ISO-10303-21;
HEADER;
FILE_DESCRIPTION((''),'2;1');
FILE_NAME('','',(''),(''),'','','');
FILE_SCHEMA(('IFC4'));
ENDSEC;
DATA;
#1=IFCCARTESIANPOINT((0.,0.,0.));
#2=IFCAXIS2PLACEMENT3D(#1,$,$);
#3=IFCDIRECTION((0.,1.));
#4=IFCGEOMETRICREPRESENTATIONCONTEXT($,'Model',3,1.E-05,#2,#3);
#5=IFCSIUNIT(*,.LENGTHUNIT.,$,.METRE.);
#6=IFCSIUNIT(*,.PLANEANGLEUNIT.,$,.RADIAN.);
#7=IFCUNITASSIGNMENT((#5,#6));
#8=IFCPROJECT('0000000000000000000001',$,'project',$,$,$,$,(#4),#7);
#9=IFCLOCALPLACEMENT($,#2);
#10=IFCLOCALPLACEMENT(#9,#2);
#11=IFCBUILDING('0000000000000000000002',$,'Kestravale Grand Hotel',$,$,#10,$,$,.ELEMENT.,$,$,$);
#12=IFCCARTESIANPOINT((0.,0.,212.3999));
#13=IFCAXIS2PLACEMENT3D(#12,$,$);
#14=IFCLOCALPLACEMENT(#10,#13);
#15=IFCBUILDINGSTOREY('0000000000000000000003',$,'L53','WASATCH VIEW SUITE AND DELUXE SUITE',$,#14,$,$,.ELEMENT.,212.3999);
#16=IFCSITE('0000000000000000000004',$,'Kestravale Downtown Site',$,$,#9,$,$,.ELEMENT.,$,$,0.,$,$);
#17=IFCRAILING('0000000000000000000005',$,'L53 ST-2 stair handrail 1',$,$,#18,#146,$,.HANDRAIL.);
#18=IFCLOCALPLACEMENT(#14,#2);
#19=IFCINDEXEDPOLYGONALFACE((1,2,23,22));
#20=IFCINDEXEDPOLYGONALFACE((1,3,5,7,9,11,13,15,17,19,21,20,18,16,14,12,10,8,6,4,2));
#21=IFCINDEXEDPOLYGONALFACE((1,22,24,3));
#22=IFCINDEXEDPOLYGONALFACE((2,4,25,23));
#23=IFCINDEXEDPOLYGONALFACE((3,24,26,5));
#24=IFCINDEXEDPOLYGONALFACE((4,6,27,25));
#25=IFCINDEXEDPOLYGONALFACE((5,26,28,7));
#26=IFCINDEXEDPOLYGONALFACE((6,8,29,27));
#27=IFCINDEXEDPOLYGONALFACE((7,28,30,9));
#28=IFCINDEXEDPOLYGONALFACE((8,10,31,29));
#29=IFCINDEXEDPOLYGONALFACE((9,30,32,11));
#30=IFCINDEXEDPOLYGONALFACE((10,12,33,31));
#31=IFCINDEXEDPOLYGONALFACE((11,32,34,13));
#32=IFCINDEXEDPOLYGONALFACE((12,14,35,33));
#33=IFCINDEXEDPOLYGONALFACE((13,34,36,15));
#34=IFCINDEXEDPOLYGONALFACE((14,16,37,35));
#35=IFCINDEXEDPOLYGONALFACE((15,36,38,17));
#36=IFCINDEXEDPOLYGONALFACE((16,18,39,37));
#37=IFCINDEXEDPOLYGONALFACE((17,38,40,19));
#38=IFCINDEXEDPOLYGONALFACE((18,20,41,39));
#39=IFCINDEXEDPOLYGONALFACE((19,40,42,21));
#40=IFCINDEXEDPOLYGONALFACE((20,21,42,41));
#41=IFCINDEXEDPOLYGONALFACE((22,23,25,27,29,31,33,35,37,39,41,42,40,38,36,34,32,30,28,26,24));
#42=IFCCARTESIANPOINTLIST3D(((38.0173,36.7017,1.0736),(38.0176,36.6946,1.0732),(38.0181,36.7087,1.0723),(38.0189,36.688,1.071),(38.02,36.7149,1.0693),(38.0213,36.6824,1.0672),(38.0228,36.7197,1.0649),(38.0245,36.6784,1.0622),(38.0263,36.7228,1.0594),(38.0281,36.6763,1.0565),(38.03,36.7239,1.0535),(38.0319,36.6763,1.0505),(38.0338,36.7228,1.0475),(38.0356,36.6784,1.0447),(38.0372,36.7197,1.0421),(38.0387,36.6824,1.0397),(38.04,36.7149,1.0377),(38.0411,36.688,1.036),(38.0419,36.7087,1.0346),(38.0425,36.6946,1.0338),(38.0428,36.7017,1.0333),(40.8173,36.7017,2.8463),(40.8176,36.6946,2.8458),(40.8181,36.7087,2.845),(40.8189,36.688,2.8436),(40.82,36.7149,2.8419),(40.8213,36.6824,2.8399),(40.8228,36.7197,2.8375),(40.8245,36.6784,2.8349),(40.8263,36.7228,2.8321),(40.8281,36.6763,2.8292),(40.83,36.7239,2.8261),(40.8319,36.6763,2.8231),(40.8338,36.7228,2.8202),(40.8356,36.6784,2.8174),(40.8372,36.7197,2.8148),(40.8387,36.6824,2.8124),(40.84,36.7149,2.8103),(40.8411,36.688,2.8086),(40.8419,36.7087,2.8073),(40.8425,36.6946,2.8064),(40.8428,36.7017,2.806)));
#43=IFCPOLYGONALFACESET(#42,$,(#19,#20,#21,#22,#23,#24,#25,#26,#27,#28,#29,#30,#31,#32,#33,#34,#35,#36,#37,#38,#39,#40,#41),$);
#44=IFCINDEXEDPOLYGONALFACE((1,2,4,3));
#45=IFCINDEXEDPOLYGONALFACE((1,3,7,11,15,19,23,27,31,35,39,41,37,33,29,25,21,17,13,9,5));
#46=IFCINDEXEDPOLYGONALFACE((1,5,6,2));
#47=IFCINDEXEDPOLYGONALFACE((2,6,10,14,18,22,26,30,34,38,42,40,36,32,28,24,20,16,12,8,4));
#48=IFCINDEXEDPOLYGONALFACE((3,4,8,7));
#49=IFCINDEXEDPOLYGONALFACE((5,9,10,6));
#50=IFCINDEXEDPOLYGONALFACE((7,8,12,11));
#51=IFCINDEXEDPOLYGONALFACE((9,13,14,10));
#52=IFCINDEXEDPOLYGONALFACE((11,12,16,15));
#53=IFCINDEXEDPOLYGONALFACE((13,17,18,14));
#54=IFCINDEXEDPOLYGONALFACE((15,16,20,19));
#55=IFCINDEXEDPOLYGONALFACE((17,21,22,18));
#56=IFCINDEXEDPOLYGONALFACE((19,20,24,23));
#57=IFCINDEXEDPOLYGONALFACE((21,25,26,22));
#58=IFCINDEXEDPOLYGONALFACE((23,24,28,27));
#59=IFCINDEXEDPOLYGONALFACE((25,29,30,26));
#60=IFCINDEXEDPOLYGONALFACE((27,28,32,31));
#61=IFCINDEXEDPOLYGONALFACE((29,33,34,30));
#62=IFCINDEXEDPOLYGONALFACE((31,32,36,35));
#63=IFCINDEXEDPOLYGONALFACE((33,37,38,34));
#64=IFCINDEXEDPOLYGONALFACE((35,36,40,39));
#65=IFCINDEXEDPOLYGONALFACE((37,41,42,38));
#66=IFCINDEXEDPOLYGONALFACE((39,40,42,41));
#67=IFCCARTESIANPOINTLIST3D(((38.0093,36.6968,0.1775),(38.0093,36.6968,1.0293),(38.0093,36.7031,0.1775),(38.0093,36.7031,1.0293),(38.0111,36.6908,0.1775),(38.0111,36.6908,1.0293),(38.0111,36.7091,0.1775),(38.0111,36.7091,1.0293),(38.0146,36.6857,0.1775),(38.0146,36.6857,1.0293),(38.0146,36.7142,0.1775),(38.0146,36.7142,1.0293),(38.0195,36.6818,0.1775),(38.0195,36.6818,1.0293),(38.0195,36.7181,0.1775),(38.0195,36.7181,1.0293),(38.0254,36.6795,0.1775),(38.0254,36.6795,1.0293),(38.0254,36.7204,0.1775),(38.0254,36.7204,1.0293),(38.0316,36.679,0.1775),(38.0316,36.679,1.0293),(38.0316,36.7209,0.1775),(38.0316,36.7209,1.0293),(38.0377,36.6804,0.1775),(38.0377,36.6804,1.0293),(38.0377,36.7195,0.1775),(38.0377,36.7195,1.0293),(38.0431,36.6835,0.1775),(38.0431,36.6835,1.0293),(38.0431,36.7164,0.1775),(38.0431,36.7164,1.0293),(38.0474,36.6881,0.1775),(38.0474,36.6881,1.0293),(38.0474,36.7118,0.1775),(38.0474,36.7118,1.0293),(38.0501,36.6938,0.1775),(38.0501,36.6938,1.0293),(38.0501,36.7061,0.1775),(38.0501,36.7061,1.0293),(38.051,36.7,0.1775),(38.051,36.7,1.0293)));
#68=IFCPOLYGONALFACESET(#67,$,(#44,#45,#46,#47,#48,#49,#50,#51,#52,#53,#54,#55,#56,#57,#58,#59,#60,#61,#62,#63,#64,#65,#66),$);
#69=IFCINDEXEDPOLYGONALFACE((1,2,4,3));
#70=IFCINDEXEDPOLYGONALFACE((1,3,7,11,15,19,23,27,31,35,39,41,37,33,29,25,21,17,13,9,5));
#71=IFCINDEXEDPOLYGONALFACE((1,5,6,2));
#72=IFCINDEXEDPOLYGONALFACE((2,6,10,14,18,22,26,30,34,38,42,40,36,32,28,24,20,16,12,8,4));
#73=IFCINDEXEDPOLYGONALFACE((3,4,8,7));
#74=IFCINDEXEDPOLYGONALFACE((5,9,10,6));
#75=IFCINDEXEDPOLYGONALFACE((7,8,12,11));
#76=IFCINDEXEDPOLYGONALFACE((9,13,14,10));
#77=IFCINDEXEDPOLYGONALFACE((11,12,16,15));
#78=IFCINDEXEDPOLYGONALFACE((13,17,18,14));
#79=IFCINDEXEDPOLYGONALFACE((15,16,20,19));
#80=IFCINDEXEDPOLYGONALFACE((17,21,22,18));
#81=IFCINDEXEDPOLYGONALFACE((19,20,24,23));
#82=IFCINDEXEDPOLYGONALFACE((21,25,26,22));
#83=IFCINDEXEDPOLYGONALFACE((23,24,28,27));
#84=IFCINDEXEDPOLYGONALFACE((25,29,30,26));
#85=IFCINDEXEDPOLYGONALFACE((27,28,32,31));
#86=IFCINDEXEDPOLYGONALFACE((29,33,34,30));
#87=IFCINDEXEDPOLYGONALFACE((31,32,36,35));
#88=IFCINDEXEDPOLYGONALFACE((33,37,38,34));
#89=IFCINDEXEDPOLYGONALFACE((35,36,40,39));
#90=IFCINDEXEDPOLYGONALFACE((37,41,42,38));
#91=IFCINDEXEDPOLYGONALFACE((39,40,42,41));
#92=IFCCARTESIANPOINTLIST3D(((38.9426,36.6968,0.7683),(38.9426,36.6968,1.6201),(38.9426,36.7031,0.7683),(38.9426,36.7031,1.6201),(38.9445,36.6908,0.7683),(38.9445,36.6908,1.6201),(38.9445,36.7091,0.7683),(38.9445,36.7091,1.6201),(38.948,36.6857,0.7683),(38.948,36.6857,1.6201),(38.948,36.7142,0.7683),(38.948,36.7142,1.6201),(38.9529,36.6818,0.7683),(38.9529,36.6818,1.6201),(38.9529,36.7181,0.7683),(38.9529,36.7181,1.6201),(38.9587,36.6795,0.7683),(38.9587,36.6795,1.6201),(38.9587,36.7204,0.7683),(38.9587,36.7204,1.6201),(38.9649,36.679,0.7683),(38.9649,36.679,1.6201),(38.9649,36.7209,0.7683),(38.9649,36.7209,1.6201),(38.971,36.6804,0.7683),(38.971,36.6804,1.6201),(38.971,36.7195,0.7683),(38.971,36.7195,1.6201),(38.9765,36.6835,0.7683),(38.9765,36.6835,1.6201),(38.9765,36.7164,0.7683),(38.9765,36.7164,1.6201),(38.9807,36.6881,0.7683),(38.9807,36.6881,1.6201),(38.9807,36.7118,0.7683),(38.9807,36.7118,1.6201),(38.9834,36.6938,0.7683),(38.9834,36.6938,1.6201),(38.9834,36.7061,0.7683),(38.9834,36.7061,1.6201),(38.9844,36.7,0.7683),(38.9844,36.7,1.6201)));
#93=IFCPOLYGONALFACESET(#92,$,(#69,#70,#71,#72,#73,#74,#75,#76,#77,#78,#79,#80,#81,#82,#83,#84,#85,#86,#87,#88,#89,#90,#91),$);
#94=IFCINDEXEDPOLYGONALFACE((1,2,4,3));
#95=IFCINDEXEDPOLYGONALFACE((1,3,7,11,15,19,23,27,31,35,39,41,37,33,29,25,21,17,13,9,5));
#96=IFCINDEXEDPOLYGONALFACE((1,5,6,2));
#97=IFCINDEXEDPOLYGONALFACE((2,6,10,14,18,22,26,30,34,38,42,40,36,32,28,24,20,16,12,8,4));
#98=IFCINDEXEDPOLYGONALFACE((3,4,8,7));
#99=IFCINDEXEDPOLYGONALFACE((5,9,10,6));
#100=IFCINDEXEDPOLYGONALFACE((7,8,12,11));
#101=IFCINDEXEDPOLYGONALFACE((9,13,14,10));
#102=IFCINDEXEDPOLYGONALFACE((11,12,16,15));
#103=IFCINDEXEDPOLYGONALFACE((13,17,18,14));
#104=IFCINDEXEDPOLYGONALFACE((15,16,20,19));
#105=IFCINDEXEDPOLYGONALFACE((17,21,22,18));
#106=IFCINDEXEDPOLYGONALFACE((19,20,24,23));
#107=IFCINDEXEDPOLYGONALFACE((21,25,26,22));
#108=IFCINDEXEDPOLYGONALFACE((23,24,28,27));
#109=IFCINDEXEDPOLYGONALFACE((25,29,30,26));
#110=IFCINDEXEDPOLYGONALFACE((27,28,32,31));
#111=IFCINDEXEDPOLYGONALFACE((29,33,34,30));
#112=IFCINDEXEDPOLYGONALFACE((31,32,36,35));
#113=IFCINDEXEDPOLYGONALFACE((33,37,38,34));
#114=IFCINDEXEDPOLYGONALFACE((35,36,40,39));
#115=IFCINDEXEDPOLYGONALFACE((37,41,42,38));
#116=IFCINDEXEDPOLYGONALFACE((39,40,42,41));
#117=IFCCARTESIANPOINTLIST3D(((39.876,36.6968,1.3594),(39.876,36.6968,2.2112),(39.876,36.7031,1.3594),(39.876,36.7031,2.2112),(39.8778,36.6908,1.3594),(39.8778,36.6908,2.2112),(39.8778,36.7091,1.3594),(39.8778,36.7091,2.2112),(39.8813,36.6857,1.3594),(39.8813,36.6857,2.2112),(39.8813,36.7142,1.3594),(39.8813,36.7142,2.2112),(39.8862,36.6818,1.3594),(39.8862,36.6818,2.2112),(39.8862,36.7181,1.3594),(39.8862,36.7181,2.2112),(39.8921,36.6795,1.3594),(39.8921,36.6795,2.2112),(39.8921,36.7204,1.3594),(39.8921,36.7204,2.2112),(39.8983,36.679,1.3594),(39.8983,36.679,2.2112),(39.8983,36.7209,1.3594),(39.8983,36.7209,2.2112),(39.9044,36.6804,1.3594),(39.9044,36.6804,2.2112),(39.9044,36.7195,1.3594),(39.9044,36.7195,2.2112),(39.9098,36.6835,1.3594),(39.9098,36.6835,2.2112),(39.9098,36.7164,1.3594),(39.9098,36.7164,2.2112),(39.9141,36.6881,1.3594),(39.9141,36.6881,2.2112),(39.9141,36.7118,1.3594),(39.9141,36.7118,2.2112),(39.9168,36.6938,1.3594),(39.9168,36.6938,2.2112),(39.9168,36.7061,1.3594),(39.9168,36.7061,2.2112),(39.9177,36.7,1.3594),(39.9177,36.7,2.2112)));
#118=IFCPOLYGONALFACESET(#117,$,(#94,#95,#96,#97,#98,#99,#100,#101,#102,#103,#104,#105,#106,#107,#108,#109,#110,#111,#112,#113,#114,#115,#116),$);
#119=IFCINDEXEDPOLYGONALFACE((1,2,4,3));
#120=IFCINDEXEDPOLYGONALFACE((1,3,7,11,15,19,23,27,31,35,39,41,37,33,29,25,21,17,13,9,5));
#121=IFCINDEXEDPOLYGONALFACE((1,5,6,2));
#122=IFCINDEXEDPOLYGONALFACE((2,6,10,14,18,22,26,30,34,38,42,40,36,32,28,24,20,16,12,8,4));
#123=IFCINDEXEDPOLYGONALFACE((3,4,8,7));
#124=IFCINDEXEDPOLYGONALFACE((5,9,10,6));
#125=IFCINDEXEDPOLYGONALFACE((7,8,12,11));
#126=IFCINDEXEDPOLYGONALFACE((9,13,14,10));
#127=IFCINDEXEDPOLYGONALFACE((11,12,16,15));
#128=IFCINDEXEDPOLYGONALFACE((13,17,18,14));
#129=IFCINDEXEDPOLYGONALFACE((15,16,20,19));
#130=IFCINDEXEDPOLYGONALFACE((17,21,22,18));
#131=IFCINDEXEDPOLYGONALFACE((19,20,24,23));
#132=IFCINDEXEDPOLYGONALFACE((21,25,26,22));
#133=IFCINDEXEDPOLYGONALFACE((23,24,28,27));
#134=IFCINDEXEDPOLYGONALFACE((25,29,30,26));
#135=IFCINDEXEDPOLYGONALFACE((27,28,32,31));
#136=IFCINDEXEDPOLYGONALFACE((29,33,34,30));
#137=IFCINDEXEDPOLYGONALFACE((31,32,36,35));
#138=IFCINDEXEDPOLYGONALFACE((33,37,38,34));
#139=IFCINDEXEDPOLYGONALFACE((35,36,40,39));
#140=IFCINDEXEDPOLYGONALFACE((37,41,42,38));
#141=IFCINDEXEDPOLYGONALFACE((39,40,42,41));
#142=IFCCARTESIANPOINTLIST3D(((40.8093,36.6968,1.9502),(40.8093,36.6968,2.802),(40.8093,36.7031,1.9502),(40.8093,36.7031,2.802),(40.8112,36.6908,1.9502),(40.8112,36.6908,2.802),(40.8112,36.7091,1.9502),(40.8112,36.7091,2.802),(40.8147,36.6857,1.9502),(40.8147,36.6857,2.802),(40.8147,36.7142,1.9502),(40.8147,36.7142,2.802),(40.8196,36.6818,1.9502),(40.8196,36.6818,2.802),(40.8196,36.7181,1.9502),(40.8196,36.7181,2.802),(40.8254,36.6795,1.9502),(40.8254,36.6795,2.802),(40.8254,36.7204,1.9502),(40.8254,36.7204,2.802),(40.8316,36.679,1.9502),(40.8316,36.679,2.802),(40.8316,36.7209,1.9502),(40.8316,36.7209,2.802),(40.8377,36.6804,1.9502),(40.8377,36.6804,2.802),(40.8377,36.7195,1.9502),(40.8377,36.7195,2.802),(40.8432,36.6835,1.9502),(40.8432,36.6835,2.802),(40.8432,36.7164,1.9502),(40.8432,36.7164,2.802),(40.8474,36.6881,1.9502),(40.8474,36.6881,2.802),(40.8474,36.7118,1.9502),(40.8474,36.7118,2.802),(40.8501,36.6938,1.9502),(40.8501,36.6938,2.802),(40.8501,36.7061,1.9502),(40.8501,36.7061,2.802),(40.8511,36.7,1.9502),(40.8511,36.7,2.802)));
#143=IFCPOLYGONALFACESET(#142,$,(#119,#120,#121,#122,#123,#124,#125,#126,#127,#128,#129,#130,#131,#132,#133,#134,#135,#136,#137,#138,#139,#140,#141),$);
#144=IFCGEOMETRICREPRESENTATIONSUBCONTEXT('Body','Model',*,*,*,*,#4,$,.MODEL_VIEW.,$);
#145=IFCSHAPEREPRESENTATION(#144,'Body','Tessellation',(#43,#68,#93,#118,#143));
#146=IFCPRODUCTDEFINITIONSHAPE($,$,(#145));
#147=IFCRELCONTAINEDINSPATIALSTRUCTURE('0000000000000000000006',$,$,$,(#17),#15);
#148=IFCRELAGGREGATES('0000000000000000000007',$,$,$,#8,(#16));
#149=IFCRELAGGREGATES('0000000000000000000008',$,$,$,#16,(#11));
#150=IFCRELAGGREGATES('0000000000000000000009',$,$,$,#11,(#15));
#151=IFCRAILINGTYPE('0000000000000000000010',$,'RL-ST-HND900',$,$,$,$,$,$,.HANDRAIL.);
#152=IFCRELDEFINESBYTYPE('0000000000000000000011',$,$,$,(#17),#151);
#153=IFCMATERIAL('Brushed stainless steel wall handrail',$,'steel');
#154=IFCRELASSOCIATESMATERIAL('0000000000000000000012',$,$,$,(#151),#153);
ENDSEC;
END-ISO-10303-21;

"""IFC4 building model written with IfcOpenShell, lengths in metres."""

from ifc_helpers import new_model, si_unit, direction, frame, origin, origin_2d, place, context, subcontext, project, spatial, circle, extrude, material, type_object, element, save


model = new_model("IFC4")

# Units and contexts
model_context = context("Model", 3, precision=1e-05, world=origin(), true_north=direction((0.0, 1.0)))
body_context = subcontext(model_context, "Body", "Model", "MODEL_VIEW")
ifc_project = project(units=[si_unit("LENGTHUNIT", "METRE"), si_unit("PLANEANGLEUNIT", "RADIAN")], contexts=[model_context])

# Site, building, storey
site_placement = place(None, origin())
site = spatial("IfcSite", under=ifc_project, at=site_placement, Name="Kestravale Downtown Site", CompositionType="ELEMENT", RefElevation=0.0)
building_placement = place(site_placement, origin())
building = spatial("IfcBuilding", under=site, at=building_placement, Name="Kestravale Grand Hotel", CompositionType="ELEMENT")
storey_placement = place(building_placement, frame((0.0, 0.0, 212.3999)))
storey = spatial("IfcBuildingStorey", under=building, at=storey_placement, Name="L53", Description="WASATCH VIEW SUITE AND DELUXE SUITE", CompositionType="ELEMENT", Elevation=212.3999)

# Railing
ifc_material_1 = material(Name="Brushed stainless steel wall handrail", Category="steel")
railing_type_1 = type_object("IfcRailingType", Name="RL-ST-HND900", PredefinedType="HANDRAIL", material=ifc_material_1)
railing_1_placement = place(storey_placement, frame((38.03, 36.7, 0.1775)))
element("IfcRailing", 1, at=railing_1_placement, inside=storey, type_object=railing_type_1, Name="L53 ST-2 stair handrail 1", PredefinedType="HANDRAIL", context=body_context, shape_type="SweptSolid", body=[
    extrude(circle(Radius=0.0239, at=origin_2d()), frame((0.0, 0.0, 0.876), z_axis=(0.844909, 0.0, 0.53491), x_axis=(0.0, 1.0, 0.0)), (0.0, 0.0, 1.0), 3.314),
    extrude(circle(Radius=0.021, at=origin_2d()), origin(), (0.0, 0.0, 1.0), 0.8518),
    extrude(circle(Radius=0.021, at=origin_2d()), frame((0.9333, 0.0, 0.5908)), (0.0, 0.0, 1.0), 0.8518),
    extrude(circle(Radius=0.021, at=origin_2d()), frame((1.8667, 0.0, 1.1819)), (0.0, 0.0, 1.0), 0.8518),
    extrude(circle(Radius=0.021, at=origin_2d()), frame((2.8, 0.0, 1.7727)), (0.0, 0.0, 1.0), 0.8518),
])

save(model, "model.ifc")
